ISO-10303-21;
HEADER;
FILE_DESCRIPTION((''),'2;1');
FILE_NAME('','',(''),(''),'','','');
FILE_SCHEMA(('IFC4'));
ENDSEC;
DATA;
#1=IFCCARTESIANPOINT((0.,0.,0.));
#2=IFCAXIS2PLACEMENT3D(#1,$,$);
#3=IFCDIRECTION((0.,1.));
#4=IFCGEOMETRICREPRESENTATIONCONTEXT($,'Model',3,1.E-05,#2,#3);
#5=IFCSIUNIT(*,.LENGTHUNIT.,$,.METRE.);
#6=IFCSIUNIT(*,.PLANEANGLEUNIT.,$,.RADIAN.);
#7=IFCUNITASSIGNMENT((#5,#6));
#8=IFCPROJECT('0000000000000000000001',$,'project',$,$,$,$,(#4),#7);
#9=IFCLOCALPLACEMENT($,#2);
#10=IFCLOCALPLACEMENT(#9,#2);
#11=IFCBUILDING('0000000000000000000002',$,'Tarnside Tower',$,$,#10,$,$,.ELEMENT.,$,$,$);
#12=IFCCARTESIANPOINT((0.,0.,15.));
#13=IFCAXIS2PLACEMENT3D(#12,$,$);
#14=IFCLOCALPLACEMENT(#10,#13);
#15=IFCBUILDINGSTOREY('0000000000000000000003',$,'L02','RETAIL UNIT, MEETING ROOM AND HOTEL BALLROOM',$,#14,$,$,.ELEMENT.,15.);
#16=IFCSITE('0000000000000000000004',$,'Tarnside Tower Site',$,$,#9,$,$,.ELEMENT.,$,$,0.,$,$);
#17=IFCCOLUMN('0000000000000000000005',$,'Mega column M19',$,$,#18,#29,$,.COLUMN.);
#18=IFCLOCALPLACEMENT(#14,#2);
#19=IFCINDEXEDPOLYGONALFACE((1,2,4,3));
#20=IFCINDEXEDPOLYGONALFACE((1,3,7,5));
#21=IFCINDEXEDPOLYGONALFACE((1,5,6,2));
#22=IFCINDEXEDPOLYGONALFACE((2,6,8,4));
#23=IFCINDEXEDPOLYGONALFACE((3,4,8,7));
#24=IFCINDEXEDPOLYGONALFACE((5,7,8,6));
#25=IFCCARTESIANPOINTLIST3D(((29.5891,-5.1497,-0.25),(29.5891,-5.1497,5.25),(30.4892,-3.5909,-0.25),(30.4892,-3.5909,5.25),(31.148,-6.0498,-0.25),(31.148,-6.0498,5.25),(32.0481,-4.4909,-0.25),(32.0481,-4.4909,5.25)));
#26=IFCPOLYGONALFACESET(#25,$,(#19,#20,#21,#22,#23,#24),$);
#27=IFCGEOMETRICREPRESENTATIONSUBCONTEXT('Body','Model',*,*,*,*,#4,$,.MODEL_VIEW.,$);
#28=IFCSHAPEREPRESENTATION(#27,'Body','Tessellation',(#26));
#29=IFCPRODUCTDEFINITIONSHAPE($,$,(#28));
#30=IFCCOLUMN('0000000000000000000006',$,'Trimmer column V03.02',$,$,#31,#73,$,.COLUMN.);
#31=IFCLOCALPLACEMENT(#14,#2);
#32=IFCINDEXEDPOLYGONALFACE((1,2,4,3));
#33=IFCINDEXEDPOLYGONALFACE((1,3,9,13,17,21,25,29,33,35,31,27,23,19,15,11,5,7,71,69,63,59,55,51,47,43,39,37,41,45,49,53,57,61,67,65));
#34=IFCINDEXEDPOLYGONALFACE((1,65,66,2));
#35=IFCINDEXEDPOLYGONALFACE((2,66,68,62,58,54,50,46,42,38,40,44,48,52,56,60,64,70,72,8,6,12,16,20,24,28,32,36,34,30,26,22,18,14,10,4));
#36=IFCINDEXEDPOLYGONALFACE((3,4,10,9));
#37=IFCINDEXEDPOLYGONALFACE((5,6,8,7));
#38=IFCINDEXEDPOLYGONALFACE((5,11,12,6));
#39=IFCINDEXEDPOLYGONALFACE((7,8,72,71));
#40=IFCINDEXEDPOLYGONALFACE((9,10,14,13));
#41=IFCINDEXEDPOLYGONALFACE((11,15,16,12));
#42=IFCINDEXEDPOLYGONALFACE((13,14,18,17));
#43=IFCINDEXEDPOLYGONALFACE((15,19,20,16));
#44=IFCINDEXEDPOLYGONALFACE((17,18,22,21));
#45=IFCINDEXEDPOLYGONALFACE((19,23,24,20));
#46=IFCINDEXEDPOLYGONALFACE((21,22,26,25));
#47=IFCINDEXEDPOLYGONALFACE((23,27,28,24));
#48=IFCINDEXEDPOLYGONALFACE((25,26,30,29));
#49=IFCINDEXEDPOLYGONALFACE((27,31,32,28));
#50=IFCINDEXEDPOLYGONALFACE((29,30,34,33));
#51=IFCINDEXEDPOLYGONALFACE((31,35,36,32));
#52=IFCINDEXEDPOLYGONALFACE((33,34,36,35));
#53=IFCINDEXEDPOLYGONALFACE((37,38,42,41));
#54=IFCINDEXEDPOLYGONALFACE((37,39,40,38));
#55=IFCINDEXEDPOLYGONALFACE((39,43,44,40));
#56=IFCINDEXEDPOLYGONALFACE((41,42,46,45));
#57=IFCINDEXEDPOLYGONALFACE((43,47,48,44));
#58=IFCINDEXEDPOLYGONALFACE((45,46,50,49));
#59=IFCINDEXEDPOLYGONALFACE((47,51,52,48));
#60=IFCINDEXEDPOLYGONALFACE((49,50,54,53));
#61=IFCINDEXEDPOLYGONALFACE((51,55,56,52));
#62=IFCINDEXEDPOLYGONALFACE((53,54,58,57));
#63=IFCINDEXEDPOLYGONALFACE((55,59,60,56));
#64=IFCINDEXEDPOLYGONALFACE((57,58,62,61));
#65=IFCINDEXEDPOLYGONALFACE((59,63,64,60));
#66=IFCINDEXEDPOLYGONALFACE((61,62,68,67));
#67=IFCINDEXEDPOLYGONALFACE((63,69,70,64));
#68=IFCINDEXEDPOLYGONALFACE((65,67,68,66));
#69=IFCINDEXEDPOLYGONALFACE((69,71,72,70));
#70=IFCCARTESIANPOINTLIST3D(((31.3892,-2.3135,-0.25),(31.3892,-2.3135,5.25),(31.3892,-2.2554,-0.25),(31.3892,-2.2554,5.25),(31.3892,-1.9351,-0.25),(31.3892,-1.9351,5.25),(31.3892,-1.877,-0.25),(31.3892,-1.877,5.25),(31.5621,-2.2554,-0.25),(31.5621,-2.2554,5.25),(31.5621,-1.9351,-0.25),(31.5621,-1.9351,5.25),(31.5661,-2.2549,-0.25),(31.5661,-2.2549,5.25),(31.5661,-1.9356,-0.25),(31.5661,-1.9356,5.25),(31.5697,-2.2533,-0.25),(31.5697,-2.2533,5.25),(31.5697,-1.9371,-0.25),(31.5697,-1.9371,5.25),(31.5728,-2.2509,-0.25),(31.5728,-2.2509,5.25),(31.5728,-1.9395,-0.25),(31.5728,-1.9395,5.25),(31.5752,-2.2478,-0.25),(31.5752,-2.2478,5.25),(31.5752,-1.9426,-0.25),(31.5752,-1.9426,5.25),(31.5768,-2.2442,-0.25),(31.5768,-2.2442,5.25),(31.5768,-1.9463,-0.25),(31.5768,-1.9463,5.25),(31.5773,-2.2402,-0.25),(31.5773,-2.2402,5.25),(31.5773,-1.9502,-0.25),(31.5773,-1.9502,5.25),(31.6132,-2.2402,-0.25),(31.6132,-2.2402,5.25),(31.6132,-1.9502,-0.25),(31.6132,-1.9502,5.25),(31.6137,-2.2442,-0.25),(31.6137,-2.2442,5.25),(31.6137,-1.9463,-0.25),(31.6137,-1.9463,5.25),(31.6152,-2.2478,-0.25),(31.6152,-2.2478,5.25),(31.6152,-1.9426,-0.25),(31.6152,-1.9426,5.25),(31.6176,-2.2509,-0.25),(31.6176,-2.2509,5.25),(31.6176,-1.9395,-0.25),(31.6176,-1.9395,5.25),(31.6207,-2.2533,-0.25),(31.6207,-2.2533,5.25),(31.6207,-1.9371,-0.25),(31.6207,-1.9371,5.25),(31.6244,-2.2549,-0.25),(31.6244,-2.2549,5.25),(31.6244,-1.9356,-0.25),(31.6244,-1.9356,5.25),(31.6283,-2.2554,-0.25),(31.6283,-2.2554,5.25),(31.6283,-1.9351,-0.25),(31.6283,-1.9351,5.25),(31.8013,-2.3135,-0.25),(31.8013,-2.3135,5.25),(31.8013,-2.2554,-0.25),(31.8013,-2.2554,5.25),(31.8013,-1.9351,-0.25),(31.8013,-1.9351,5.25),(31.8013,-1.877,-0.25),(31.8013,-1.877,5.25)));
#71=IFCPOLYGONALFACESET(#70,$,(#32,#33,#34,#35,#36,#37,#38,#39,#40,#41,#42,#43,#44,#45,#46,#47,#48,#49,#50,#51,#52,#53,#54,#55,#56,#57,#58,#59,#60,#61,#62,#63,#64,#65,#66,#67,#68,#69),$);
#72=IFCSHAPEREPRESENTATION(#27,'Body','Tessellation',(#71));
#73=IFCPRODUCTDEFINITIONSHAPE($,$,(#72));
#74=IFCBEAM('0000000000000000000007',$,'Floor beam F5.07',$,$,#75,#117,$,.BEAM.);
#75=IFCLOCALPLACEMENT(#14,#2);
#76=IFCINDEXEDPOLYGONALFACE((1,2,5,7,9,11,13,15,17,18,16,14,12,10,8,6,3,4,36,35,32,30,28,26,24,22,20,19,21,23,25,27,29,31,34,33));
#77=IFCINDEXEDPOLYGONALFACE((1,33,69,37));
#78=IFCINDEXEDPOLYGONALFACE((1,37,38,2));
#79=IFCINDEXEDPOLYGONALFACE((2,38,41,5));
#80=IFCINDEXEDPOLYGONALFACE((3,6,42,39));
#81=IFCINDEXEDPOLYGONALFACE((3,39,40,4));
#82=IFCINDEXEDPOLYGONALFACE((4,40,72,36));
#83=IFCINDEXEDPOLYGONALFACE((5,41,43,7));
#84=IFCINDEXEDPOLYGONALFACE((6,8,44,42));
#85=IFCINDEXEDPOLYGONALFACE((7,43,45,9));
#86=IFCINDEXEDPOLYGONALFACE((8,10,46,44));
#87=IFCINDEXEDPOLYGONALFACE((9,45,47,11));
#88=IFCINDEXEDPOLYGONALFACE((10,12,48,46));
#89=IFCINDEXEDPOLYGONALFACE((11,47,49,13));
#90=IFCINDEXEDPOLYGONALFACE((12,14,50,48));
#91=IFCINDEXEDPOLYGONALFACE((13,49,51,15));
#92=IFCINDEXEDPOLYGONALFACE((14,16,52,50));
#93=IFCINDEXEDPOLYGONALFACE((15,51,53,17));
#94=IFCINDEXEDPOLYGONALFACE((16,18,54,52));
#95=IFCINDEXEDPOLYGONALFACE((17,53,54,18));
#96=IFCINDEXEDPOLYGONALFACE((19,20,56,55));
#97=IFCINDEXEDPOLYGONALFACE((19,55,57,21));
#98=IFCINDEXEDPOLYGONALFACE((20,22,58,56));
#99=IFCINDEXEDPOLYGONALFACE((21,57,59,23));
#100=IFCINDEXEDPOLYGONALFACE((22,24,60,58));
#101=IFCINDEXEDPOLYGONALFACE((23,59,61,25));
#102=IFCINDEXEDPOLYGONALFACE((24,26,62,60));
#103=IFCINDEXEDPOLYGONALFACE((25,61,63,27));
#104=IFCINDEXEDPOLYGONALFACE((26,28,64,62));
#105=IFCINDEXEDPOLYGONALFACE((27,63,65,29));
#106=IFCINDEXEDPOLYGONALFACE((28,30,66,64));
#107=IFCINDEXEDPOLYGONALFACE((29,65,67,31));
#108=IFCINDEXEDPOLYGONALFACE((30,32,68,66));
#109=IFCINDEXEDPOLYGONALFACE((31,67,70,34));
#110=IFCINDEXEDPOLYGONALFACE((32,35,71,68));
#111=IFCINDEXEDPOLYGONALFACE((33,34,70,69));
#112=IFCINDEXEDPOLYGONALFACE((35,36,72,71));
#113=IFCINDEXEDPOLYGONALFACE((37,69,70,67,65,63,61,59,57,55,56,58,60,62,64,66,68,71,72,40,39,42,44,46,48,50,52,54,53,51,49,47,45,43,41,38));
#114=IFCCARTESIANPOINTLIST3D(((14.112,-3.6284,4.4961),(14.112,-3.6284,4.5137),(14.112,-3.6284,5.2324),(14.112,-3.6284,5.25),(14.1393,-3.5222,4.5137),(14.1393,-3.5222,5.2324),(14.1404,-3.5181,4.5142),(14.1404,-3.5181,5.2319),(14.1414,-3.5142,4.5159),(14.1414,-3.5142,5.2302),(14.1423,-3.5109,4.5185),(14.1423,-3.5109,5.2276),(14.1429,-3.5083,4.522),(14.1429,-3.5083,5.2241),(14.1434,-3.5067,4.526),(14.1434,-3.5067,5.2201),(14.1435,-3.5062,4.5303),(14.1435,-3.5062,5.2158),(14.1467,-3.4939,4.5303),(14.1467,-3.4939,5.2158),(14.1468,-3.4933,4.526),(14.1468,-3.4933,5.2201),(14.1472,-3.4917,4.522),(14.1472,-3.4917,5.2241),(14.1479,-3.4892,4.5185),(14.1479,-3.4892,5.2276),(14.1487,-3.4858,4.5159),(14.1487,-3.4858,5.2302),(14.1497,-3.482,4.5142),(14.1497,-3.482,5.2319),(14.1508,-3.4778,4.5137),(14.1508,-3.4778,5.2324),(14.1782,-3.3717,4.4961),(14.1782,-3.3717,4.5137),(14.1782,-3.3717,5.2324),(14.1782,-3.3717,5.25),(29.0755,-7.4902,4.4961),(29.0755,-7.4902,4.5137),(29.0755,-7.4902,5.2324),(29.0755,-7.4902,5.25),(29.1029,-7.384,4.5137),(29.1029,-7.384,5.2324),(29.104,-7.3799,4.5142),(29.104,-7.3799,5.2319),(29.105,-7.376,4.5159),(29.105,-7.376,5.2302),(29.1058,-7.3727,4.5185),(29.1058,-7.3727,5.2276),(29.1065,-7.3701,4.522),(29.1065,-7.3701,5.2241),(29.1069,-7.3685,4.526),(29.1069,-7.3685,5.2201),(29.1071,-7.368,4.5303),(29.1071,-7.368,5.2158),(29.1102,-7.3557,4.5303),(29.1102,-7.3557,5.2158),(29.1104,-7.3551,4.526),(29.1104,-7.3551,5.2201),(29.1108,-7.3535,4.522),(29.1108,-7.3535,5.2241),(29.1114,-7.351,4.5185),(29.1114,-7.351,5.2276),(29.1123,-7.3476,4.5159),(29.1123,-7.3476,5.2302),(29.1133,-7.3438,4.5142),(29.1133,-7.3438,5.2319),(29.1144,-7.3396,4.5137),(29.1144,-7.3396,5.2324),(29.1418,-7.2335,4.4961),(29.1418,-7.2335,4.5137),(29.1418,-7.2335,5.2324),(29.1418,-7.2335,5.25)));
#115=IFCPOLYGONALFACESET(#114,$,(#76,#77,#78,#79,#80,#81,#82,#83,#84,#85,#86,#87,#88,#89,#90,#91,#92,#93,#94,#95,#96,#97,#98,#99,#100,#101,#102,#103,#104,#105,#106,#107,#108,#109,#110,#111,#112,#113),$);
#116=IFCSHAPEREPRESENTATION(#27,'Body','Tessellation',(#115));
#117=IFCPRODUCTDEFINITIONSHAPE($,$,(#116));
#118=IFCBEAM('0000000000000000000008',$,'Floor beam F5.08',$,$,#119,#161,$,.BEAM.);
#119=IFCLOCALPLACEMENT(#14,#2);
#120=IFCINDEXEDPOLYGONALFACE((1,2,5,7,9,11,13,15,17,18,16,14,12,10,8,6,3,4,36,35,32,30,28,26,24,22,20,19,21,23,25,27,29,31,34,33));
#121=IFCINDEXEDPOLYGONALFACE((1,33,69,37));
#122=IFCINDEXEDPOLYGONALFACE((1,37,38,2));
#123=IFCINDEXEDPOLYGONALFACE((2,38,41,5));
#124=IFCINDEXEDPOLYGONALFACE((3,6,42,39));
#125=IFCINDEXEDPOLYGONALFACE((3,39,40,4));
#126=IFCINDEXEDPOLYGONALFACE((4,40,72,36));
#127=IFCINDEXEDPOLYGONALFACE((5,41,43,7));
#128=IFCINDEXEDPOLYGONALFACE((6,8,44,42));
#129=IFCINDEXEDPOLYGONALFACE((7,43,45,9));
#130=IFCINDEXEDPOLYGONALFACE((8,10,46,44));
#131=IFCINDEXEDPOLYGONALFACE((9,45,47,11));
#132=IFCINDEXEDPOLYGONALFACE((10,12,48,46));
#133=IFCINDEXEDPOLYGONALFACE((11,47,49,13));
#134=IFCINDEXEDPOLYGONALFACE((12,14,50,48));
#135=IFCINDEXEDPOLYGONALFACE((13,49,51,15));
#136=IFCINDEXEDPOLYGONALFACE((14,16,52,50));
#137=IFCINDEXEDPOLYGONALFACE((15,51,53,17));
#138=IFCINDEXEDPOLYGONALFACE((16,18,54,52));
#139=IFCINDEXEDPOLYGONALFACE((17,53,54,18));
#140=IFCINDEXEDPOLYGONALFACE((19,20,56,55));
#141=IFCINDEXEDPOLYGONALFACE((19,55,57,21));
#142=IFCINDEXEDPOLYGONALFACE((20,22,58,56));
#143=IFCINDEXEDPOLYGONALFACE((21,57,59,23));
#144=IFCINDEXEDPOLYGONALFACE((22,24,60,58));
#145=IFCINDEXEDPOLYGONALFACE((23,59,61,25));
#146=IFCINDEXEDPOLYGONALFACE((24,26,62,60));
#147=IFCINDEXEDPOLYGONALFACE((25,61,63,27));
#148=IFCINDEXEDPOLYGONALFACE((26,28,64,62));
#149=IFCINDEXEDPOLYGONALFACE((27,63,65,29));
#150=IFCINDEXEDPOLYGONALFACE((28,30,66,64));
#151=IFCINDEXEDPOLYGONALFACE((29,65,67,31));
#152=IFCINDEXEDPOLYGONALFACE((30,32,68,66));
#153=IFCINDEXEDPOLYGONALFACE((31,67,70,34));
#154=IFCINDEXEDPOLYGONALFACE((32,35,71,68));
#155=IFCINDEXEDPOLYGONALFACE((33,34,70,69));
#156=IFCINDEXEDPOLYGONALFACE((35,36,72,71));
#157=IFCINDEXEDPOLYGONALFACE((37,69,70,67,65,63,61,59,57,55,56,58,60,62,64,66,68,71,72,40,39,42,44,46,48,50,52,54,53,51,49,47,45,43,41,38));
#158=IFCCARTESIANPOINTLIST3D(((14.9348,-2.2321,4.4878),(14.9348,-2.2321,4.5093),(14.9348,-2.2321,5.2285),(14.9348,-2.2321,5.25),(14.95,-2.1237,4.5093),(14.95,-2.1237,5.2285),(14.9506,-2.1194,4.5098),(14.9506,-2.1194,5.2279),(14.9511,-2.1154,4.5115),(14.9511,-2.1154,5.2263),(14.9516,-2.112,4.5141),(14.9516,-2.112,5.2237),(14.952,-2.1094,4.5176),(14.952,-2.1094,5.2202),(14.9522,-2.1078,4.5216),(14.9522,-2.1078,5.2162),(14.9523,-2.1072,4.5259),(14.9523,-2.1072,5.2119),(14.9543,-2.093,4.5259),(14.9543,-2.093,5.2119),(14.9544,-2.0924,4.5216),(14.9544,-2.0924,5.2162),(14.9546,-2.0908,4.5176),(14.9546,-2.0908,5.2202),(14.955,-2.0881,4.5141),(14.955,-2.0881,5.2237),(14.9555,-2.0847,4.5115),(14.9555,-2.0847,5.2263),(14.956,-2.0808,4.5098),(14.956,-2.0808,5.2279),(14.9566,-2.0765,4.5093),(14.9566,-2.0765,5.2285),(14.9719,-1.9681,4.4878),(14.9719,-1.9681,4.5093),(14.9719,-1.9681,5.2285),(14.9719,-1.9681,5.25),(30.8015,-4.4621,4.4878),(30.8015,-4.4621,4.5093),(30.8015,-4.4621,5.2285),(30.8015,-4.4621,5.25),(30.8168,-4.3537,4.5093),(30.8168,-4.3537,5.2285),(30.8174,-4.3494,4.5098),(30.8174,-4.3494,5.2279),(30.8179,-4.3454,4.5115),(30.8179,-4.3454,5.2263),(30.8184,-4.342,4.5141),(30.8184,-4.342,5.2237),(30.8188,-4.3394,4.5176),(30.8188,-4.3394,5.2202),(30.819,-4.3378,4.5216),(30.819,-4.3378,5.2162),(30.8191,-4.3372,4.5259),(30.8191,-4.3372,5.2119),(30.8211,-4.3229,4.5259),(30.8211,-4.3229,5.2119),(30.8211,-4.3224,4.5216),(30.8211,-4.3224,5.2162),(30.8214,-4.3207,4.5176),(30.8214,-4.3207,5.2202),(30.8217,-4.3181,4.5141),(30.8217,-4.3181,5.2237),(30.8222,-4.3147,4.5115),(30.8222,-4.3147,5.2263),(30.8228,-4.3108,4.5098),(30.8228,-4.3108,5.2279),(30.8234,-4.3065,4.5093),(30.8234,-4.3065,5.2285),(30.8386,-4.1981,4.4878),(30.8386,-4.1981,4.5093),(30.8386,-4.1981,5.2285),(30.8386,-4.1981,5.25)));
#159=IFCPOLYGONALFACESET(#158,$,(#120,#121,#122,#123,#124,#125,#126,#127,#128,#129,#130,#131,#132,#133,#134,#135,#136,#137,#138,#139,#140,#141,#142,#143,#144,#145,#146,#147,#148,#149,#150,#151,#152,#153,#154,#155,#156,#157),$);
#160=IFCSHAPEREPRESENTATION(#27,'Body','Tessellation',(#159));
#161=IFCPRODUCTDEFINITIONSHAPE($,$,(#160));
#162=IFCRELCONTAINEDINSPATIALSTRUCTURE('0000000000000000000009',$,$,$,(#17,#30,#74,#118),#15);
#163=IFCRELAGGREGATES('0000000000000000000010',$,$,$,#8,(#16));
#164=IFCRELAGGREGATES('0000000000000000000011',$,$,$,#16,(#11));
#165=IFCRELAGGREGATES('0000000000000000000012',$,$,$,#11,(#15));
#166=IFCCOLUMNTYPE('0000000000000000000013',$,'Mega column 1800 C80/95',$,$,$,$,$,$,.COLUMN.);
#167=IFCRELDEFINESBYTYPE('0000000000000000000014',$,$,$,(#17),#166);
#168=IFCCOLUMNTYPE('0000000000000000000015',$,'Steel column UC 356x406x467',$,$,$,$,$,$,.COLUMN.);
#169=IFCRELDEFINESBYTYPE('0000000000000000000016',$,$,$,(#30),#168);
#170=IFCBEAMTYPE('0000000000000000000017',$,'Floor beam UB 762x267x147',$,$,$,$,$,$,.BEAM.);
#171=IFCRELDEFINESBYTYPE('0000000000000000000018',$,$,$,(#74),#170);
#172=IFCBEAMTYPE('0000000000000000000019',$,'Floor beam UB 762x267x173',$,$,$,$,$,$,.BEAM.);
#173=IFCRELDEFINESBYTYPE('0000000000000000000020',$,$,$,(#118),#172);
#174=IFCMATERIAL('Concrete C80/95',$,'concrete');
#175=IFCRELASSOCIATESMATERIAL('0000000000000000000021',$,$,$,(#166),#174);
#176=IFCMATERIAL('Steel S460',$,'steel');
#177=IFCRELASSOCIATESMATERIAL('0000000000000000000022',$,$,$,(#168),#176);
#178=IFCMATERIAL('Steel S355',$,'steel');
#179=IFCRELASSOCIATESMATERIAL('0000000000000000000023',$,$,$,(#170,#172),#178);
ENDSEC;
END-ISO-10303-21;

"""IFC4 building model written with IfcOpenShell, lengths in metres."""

from ifc_helpers import new_model, si_unit, direction, frame, origin, origin_2d, place, context, subcontext, project, spatial, rectangle, i_section, extrude, material, material_profile, profile_set, type_object, element, save


model = new_model("IFC4")

# Units and contexts
model_context = context("Model", 3, precision=1e-05, world=origin(), true_north=direction((0.0, 1.0)))
body_context = subcontext(model_context, "Body", "Model", "MODEL_VIEW")
ifc_project = project(units=[si_unit("LENGTHUNIT", "METRE"), si_unit("PLANEANGLEUNIT", "RADIAN")], contexts=[model_context])

# Site, building, storey
site_placement = place(None, origin())
site = spatial("IfcSite", under=ifc_project, at=site_placement, Name="Tarnside Tower Site", CompositionType="ELEMENT", RefElevation=0.0)
building_placement = place(site_placement, origin())
building = spatial("IfcBuilding", under=site, at=building_placement, Name="Tarnside Tower", CompositionType="ELEMENT")
storey_placement = place(building_placement, frame((0.0, 0.0, 15.0)))
storey = spatial("IfcBuildingStorey", under=building, at=storey_placement, Name="L02", Description="RETAIL UNIT, MEETING ROOM AND HOTEL BALLROOM", CompositionType="ELEMENT", Elevation=15.0)

# Columns
ifc_material_1 = material(Name="Concrete C80/95", Category="concrete")
ifc_material_profile_1 = material_profile(ifc_material_1, rectangle(XDim=1.8, YDim=1.8, at=origin_2d()), Name="Mega column 1800x1800")
ifc_profile_set_1 = profile_set([ifc_material_profile_1], Name="Concrete C80/95")
column_type_1 = type_object("IfcColumnType", Name="Mega column 1800 C80/95", PredefinedType="COLUMN", material=ifc_profile_set_1)
column_1_placement = place(storey_placement, frame((30.8186, -4.8203, -0.25), z_axis=(0.0, 0.0, 1.0), x_axis=(-0.5, -0.866025, 0.0)))
element("IfcColumn", 1, at=column_1_placement, inside=storey, type_object=column_type_1, Name="Mega column M19", PredefinedType="COLUMN", context=body_context, shape_type="SweptSolid", body=[
    extrude(rectangle(XDim=1.8, YDim=1.8, at=origin_2d()), origin(), (0.0, 0.0, 1.0), 5.5),
])
ifc_material_2 = material(Name="Steel S460", Category="steel")
ifc_material_profile_2 = material_profile(ifc_material_2, i_section(OverallWidth=0.4121, OverallDepth=0.4365, WebThickness=0.0359, FlangeThickness=0.0581, FilletRadius=0.0151, at=origin_2d()), Name="UC 356x406x467")
ifc_profile_set_2 = profile_set([ifc_material_profile_2], Name="Steel S460")
column_type_2 = type_object("IfcColumnType", Name="Steel column UC 356x406x467", PredefinedType="COLUMN", material=ifc_profile_set_2)
column_2_placement = place(storey_placement, frame((31.5952, -2.0952, -0.25), z_axis=(0.0, 0.0, 1.0), x_axis=(1.0, 0.0, 0.0)))
element("IfcColumn", 2, at=column_2_placement, inside=storey, type_object=column_type_2, Name="Trimmer column V03.02", PredefinedType="COLUMN", context=body_context, shape_type="SweptSolid", body=[
    extrude(i_section(OverallWidth=0.4121, OverallDepth=0.4365, WebThickness=0.0359, FlangeThickness=0.0581, FilletRadius=0.0151, at=origin_2d()), origin(), (0.0, 0.0, 1.0), 5.5),
])

# Beams
ifc_material_3 = material(Name="Steel S355", Category="steel")
ifc_material_profile_3 = material_profile(ifc_material_3, i_section(OverallWidth=0.2651, OverallDepth=0.7539, WebThickness=0.0127, FlangeThickness=0.0176, FilletRadius=0.0166, at=origin_2d()), Name="UB 762x267x147")
ifc_profile_set_3 = profile_set([ifc_material_profile_3], Name="Steel S355")
beam_type_1 = type_object("IfcBeamType", Name="Floor beam UB 762x267x147", PredefinedType="BEAM", material=ifc_profile_set_3)
beam_1_placement = place(storey_placement, frame((29.1086, -7.3618, 4.873), z_axis=(-0.968274, 0.249892, 0.0), x_axis=(-0.249892, -0.968274, 0.0)))
element("IfcBeam", 3, at=beam_1_placement, inside=storey, type_object=beam_type_1, Name="Floor beam F5.07", PredefinedType="BEAM", context=body_context, shape_type="SweptSolid", body=[
    extrude(i_section(OverallWidth=0.2651, OverallDepth=0.7539, WebThickness=0.0127, FlangeThickness=0.0176, FilletRadius=0.0166, at=origin_2d()), origin(), (0.0, 0.0, 1.0), 15.4539),
])
ifc_material_profile_4 = material_profile(ifc_material_3, i_section(OverallWidth=0.2666, OverallDepth=0.7622, WebThickness=0.0144, FlangeThickness=0.0215, FilletRadius=0.0166, at=origin_2d()), Name="UB 762x267x173")
ifc_profile_set_4 = profile_set([ifc_material_profile_4], Name="Steel S355")
beam_type_2 = type_object("IfcBeamType", Name="Floor beam UB 762x267x173", PredefinedType="BEAM", material=ifc_profile_set_4)
beam_2_placement = place(storey_placement, frame((30.8201, -4.3301, 4.8689), z_axis=(-0.990268, 0.139177, 0.0), x_axis=(-0.139177, -0.990268, 0.0)))
element("IfcBeam", 4, at=beam_2_placement, inside=storey, type_object=beam_type_2, Name="Floor beam F5.08", PredefinedType="BEAM", context=body_context, shape_type="SweptSolid", body=[
    extrude(i_section(OverallWidth=0.2666, OverallDepth=0.7622, WebThickness=0.0144, FlangeThickness=0.0215, FilletRadius=0.0166, at=origin_2d()), origin(), (0.0, 0.0, 1.0), 16.0227),
])

save(model, "model.ifc")
